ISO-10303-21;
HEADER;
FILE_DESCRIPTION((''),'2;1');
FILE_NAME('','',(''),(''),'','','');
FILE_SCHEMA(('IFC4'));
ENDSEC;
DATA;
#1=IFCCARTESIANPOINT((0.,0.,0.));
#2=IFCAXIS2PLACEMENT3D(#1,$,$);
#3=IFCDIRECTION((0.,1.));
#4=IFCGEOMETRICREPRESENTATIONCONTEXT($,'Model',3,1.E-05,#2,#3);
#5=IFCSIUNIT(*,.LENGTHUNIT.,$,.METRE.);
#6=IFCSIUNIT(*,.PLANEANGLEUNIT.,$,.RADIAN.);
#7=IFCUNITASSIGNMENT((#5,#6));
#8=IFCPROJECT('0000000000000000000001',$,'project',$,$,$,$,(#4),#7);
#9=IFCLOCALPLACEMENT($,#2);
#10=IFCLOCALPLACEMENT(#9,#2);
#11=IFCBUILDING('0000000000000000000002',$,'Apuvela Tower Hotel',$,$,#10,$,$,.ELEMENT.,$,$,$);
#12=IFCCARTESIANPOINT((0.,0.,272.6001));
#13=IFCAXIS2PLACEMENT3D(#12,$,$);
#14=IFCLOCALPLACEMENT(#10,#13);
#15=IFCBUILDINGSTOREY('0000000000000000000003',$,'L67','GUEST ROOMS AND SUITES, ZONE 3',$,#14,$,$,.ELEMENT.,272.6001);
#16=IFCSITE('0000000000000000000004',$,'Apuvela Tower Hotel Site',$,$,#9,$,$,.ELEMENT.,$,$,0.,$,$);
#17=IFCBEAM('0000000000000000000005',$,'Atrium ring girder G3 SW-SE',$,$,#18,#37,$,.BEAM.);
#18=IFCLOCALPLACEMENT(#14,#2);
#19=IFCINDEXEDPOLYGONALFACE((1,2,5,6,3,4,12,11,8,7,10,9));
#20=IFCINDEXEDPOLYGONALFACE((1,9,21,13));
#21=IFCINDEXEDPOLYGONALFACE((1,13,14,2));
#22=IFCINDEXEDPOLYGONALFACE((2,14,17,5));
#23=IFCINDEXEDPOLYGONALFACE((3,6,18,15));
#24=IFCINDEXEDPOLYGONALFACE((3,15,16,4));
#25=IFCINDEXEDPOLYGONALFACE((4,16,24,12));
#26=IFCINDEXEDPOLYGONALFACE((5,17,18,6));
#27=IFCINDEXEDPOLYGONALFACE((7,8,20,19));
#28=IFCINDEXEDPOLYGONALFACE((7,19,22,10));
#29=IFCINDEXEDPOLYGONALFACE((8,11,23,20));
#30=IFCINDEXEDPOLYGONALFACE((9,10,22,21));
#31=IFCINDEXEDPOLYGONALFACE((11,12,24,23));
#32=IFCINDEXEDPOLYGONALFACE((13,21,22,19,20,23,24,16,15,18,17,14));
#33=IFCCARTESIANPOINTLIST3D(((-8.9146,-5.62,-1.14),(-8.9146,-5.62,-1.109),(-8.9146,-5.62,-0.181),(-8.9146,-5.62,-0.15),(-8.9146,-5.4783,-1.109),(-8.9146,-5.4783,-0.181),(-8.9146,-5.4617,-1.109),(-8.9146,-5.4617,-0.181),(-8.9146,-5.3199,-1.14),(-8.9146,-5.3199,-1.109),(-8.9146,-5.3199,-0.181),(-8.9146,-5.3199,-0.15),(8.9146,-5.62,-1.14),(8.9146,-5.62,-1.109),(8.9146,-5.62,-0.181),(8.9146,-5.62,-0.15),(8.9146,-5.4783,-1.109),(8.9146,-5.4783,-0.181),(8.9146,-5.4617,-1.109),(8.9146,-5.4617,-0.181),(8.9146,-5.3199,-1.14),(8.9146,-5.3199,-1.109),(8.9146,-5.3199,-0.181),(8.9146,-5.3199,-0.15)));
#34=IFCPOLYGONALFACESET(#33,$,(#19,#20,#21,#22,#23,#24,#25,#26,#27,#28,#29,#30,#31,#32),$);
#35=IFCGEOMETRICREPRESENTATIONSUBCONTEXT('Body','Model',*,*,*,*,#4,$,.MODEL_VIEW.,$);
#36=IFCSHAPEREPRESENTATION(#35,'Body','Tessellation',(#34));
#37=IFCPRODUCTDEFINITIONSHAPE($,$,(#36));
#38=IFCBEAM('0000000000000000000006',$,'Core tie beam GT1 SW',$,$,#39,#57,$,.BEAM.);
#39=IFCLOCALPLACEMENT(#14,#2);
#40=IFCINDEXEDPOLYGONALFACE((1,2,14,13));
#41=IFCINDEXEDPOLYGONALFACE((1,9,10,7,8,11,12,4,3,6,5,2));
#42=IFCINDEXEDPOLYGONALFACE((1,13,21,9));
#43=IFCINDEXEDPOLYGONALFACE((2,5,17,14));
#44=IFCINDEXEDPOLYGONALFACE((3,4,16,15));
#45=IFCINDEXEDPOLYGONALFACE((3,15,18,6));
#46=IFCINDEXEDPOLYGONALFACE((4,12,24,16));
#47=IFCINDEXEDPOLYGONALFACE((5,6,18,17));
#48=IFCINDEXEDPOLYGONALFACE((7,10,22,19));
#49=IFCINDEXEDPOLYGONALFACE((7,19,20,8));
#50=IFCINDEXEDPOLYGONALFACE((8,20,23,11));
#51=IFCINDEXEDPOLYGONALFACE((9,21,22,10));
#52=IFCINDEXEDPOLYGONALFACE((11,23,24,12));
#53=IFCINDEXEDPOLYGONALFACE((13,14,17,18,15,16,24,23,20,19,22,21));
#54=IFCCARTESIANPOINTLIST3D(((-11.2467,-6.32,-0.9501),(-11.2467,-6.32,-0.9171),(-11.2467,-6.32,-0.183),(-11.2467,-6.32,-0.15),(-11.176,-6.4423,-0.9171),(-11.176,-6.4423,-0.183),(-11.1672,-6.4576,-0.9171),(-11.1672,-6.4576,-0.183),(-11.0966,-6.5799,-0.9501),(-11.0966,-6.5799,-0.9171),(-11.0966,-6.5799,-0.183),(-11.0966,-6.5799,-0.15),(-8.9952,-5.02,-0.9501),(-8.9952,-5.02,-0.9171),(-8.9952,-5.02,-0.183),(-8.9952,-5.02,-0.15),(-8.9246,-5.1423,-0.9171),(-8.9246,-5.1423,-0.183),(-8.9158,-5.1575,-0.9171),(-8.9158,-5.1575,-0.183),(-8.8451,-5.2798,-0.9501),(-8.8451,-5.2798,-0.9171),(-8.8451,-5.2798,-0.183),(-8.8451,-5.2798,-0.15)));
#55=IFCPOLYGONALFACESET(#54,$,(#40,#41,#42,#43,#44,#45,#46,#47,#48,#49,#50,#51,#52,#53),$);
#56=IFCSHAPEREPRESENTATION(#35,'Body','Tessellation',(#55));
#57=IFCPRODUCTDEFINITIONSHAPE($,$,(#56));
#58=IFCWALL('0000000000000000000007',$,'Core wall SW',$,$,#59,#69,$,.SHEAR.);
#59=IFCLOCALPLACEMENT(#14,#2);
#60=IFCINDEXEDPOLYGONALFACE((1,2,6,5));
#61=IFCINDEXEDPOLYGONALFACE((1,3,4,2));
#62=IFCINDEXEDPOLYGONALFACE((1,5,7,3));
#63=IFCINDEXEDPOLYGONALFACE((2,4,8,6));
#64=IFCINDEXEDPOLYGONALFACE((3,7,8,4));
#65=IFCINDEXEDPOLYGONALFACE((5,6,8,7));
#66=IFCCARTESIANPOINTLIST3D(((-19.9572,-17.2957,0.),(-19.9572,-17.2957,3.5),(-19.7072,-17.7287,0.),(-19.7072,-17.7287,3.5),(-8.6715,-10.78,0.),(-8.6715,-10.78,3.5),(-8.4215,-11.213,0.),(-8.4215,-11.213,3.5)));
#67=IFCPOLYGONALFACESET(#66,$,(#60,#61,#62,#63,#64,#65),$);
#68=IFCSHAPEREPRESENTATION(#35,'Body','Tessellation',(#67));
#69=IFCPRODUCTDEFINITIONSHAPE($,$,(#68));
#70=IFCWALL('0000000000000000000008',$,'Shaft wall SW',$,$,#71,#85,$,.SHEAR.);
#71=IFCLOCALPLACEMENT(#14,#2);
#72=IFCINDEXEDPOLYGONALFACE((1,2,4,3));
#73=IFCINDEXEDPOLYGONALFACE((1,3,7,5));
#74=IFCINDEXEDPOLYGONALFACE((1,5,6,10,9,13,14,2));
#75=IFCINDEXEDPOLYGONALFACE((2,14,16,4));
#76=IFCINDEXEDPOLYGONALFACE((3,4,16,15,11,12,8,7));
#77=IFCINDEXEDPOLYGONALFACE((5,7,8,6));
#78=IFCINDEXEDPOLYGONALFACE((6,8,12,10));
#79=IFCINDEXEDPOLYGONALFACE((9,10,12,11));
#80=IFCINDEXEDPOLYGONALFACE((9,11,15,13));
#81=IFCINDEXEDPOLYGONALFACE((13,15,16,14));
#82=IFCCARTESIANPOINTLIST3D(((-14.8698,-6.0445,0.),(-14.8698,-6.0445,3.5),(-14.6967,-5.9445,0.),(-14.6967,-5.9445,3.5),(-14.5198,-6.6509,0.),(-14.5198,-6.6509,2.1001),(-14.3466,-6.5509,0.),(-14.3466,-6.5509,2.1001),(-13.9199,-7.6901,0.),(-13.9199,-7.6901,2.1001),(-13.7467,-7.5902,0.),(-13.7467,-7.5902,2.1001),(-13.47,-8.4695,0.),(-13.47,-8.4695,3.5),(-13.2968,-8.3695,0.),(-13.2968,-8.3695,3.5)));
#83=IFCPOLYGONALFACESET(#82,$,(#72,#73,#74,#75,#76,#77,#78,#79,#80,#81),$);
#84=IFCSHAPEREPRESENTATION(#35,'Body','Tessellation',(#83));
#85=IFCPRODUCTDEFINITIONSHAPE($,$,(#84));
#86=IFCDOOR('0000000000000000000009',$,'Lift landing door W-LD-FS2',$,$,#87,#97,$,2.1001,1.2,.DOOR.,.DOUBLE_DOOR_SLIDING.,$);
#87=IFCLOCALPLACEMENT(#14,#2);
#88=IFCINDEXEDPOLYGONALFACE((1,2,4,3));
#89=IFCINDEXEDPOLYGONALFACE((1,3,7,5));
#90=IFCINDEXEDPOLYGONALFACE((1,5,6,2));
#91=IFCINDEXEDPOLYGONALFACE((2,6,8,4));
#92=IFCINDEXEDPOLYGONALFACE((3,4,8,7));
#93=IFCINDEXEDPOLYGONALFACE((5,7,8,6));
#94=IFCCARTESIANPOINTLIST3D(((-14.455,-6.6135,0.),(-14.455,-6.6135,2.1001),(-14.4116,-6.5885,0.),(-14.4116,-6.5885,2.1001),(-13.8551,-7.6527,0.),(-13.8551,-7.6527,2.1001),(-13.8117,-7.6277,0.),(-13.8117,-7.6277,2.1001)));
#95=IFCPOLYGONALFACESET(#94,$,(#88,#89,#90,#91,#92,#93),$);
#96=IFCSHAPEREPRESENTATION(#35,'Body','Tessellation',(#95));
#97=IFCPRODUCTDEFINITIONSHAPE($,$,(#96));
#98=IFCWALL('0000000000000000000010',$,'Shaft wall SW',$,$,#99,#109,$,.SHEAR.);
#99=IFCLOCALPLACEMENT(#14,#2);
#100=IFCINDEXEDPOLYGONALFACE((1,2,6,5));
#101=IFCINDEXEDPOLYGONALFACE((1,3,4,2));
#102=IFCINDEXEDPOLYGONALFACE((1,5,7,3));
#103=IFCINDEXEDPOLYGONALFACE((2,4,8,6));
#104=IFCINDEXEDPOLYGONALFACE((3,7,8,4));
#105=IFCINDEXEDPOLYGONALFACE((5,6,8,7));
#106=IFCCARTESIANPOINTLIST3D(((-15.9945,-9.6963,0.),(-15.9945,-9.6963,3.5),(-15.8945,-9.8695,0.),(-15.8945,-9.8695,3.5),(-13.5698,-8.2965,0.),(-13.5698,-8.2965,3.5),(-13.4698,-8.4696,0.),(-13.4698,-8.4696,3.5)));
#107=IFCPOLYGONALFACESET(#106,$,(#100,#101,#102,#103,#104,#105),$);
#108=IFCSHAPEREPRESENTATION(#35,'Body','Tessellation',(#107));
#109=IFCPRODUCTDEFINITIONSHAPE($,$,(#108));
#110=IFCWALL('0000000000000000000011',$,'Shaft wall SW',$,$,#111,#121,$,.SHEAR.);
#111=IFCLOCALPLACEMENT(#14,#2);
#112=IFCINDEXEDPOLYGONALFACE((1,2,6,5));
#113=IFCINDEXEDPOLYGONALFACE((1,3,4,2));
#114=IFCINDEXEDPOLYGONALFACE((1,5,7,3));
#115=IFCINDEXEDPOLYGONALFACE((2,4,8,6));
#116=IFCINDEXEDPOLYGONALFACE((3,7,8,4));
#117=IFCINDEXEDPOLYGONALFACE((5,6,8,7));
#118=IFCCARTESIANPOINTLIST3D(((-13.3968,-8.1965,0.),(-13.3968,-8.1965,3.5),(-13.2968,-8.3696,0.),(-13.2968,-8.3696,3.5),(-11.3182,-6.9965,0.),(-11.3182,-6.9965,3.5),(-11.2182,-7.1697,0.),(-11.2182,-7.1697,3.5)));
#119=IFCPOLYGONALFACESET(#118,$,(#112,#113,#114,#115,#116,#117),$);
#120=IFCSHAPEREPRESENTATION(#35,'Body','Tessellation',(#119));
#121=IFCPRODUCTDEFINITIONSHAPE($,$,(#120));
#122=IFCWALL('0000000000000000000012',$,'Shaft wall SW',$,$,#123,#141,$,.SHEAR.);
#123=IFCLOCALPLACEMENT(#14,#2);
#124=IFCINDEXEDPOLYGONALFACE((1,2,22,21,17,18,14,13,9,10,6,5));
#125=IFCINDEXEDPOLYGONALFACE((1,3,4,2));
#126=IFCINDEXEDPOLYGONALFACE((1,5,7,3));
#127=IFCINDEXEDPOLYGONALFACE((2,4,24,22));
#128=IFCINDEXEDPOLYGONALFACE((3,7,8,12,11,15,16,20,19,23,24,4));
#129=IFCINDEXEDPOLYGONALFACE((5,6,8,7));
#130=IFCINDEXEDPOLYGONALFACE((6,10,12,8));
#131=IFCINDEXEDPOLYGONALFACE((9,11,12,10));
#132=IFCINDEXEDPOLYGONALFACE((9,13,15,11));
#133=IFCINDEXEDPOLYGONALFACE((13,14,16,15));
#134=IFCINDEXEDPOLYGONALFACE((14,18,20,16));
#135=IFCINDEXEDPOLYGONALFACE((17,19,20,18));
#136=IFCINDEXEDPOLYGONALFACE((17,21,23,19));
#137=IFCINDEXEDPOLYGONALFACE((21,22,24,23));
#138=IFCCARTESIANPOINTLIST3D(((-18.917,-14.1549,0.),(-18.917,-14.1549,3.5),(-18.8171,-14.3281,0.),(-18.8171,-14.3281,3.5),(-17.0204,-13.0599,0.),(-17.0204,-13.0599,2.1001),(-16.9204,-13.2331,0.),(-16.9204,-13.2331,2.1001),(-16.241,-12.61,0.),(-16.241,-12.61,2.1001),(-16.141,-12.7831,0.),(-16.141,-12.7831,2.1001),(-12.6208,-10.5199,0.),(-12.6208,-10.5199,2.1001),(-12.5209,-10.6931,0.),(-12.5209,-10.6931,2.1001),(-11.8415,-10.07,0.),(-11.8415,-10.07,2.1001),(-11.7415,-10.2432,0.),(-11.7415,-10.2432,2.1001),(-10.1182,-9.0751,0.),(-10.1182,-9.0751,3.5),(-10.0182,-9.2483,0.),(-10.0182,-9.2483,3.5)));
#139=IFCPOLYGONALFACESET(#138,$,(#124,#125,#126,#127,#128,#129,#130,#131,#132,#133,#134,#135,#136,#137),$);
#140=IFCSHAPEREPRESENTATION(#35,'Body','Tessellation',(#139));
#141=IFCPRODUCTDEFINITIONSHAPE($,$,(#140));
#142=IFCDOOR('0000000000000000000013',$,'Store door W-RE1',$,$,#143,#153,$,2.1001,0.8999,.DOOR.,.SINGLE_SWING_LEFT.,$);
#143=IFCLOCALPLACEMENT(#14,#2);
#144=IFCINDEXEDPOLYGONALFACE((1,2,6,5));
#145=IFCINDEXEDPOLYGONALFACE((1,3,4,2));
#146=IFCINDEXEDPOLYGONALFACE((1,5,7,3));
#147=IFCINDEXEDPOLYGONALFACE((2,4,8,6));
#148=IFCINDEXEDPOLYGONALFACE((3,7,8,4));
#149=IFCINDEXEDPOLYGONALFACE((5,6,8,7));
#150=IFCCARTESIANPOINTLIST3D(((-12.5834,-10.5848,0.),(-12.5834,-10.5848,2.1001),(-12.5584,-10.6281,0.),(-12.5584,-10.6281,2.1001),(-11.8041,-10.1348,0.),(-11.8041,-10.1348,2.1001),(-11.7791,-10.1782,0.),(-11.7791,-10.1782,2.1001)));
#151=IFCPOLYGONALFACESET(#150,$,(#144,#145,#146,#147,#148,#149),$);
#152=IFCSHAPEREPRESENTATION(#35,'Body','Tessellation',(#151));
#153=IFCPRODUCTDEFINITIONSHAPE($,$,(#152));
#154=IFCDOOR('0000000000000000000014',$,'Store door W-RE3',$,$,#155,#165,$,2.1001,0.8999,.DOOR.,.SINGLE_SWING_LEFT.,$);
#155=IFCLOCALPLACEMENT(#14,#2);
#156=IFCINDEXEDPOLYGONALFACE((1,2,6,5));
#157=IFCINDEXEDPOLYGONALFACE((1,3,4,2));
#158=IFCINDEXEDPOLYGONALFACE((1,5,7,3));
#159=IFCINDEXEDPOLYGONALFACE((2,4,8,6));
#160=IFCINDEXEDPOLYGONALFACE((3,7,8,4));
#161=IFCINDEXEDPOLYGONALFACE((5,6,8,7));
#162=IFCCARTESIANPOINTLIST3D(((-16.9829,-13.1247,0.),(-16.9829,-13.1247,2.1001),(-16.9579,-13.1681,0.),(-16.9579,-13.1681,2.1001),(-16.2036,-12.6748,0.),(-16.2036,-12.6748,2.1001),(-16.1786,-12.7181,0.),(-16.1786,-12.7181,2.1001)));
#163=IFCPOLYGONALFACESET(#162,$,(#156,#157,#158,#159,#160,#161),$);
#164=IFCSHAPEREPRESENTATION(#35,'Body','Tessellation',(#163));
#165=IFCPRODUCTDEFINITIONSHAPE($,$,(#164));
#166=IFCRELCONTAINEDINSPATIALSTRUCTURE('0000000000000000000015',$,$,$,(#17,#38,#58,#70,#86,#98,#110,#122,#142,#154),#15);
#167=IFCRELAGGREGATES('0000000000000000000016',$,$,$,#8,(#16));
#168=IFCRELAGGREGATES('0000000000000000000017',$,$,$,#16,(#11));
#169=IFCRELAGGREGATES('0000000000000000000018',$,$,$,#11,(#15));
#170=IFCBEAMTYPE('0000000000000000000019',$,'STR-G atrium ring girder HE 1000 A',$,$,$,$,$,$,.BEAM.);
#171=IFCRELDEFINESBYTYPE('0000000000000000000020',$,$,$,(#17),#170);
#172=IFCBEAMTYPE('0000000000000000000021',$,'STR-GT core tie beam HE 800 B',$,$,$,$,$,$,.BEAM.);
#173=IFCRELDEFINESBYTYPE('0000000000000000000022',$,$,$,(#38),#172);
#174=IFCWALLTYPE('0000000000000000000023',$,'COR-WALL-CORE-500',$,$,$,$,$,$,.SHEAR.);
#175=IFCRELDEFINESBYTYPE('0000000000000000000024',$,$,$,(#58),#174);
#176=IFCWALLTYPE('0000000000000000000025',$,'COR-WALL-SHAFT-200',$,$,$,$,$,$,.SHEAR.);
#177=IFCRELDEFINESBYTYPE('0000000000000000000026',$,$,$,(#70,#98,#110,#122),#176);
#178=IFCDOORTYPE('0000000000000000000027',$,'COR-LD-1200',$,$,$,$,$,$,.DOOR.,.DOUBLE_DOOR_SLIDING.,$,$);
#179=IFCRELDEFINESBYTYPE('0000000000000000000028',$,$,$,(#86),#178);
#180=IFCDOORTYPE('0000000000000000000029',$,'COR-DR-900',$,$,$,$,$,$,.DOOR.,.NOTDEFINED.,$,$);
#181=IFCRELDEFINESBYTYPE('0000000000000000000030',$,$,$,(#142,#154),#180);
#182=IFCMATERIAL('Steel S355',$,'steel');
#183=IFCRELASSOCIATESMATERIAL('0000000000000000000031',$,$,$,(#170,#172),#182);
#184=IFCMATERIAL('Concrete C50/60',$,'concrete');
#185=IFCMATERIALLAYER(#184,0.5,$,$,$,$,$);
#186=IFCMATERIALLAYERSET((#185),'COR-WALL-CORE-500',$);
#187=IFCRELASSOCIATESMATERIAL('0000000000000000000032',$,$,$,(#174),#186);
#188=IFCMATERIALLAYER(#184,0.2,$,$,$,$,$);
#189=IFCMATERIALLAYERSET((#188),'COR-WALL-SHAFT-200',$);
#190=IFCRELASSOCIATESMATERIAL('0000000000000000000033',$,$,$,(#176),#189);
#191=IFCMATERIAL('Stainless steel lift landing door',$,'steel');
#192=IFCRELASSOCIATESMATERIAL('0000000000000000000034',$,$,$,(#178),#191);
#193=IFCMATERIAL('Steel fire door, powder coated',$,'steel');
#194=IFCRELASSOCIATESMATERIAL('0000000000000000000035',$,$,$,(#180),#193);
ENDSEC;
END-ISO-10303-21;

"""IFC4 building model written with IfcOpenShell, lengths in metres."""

from ifc_helpers import new_model, si_unit, direction, frame, frame_2d, origin, origin_2d, place, context, subcontext, project, spatial, rectangle, i_section, extrude, material, layer, layer_set, material_profile, profile_set, type_object, element, fill, save


model = new_model("IFC4")

# Units and contexts
model_context = context("Model", 3, precision=1e-05, world=origin(), true_north=direction((0.0, 1.0)))
body_context = subcontext(model_context, "Body", "Model", "MODEL_VIEW")
ifc_project = project(units=[si_unit("LENGTHUNIT", "METRE"), si_unit("PLANEANGLEUNIT", "RADIAN")], contexts=[model_context])

# Site, building, storey
site_placement = place(None, origin())
site = spatial("IfcSite", under=ifc_project, at=site_placement, Name="Apuvela Tower Hotel Site", CompositionType="ELEMENT", RefElevation=0.0)
building_placement = place(site_placement, origin())
building = spatial("IfcBuilding", under=site, at=building_placement, Name="Apuvela Tower Hotel", CompositionType="ELEMENT")
storey_placement = place(building_placement, frame((0.0, 0.0, 272.6001)))
storey = spatial("IfcBuildingStorey", under=building, at=storey_placement, Name="L67", Description="GUEST ROOMS AND SUITES, ZONE 3", CompositionType="ELEMENT", Elevation=272.6001)

# Beams
ifc_material_1 = material(Name="Steel S355", Category="steel")
ifc_material_profile_1 = material_profile(ifc_material_1, i_section(OverallWidth=0.3, OverallDepth=0.99, WebThickness=0.0166, FlangeThickness=0.031, at=origin_2d()), Name="HE 1000 A")
ifc_profile_set_1 = profile_set([ifc_material_profile_1], Name="Steel S355")
beam_type_1 = type_object("IfcBeamType", Name="STR-G atrium ring girder HE 1000 A", PredefinedType="BEAM", material=ifc_profile_set_1)
beam_1_placement = place(storey_placement, frame((-8.9146, -5.47, -0.645), z_axis=(1.0, 0.0, 0.0), x_axis=(0.0, 1.0, 0.0)))
element("IfcBeam", 1, at=beam_1_placement, inside=storey, type_object=beam_type_1, Name="Atrium ring girder G3 SW-SE", PredefinedType="BEAM", context=body_context, shape_type="SweptSolid", body=[
    extrude(i_section(OverallWidth=0.3, OverallDepth=0.99, WebThickness=0.0166, FlangeThickness=0.031, at=origin_2d()), origin(), (0.0, 0.0, 1.0), 17.8291),
])
ifc_material_profile_2 = material_profile(ifc_material_1, i_section(OverallWidth=0.3, OverallDepth=0.8, WebThickness=0.0176, FlangeThickness=0.033, at=origin_2d()), Name="HE 800 B")
ifc_profile_set_2 = profile_set([ifc_material_profile_2], Name="Steel S355")
beam_type_2 = type_object("IfcBeamType", Name="STR-GT core tie beam HE 800 B", PredefinedType="BEAM", material=ifc_profile_set_2)
beam_2_placement = place(storey_placement, frame((-11.1716, -6.45, -0.55), z_axis=(0.865998, 0.500048, 0.0), x_axis=(-0.500048, 0.865998, 0.0)))
element("IfcBeam", 2, at=beam_2_placement, inside=storey, type_object=beam_type_2, Name="Core tie beam GT1 SW", PredefinedType="BEAM", context=body_context, shape_type="SweptSolid", body=[
    extrude(i_section(OverallWidth=0.3, OverallDepth=0.8, WebThickness=0.0176, FlangeThickness=0.033, at=origin_2d()), origin(), (0.0, 0.0, 1.0), 2.5999),
])

# Wall
ifc_material_2 = material(Name="Concrete C50/60", Category="concrete")
ifc_layer_1 = layer(ifc_material_2, 0.5)
ifc_layer_set_1 = layer_set([ifc_layer_1], Name="COR-WALL-CORE-500")
wall_type_1 = type_object("IfcWallType", Name="COR-WALL-CORE-500", PredefinedType="SHEAR", material=ifc_layer_set_1)
wall_1_placement = place(storey_placement, frame((-8.5466, -10.9966, 0.0), z_axis=(0.0, 0.0, 1.0), x_axis=(-0.86603, -0.499992, 0.0)))
element("IfcWall", 3, at=wall_1_placement, inside=storey, type_object=wall_type_1, Name="Core wall SW", PredefinedType="SHEAR", context=body_context, shape_type="SweptSolid", body=[
    extrude(rectangle(XDim=13.0315, YDim=0.5, at=frame_2d((6.5156, 0.0))), origin(), (0.0, 0.0, 1.0), 3.5),
])

# Wall, opening, door
ifc_layer_2 = layer(ifc_material_2, 0.2)
ifc_layer_set_2 = layer_set([ifc_layer_2], Name="COR-WALL-SHAFT-200")
wall_type_2 = type_object("IfcWallType", Name="COR-WALL-SHAFT-200", PredefinedType="SHEAR", material=ifc_layer_set_2)
wall_2_placement = place(storey_placement, frame((-14.7832, -5.9946, 0.0), z_axis=(0.0, 0.0, 1.0), x_axis=(0.499946, -0.866056, 0.0)))
wall_2 = element("IfcWall", 4, at=wall_2_placement, inside=storey, type_object=wall_type_2, Name="Shaft wall SW", PredefinedType="SHEAR", context=body_context, shape_type="SweptSolid", body=[
    extrude(rectangle(XDim=2.8, YDim=0.2, at=frame_2d((1.3999, 0.0))), origin(), (0.0, 0.0, 1.0), 3.5),
])
opening_1_placement = place(wall_2_placement, frame((0.7, 0.0, 0.0)))
opening_1 = element("IfcOpeningElement", 5, at=opening_1_placement, cuts=wall_2, PredefinedType="OPENING", context=body_context, shape_type="SweptSolid", body=[
    extrude(rectangle(XDim=1.2, YDim=2.1001, at=frame_2d((0.6001, 1.05))), frame((0.0, 0.1099, 0.0), z_axis=(0.0, -1.0, 0.0), x_axis=(1.0, 0.0, 0.0)), (0.0, 0.0, 1.0), 0.22),
])
ifc_material_3 = material(Name="Stainless steel lift landing door", Category="steel")
door_type_1 = type_object("IfcDoorType", Name="COR-LD-1200", OperationType="DOUBLE_DOOR_SLIDING", PredefinedType="DOOR", material=ifc_material_3)
door_1_placement = place(opening_1_placement, origin())
door_1 = element("IfcDoor", 6, at=door_1_placement, inside=storey, type_object=door_type_1, Name="Lift landing door W-LD-FS2", OperationType="DOUBLE_DOOR_SLIDING", OverallHeight=2.1001, OverallWidth=1.2, PredefinedType="DOOR", context=body_context, shape_type="SweptSolid", body=[
    extrude(rectangle(XDim=1.2, YDim=2.1001, at=frame_2d((0.6001, 1.05))), frame((0.0, 0.0249, 0.0), z_axis=(0.0, -1.0, 0.0), x_axis=(1.0, 0.0, 0.0)), (0.0, 0.0, 1.0), 0.05),
])
fill(opening_1, door_1)

# Walls
wall_3_placement = place(storey_placement, frame((-13.5198, -8.3831, 0.0), z_axis=(0.0, 0.0, 1.0), x_axis=(-0.866035, -0.499984, 0.0)))
element("IfcWall", 7, at=wall_3_placement, inside=storey, type_object=wall_type_2, Name="Shaft wall SW", PredefinedType="SHEAR", context=body_context, shape_type="SweptSolid", body=[
    extrude(rectangle(XDim=2.7998, YDim=0.2, at=frame_2d((1.3999, 0.0))), origin(), (0.0, 0.0, 1.0), 3.5),
])
wall_4_placement = place(storey_placement, frame((-11.2681, -7.083, 0.0), z_axis=(0.0, 0.0, 1.0), x_axis=(-0.86605, -0.499957, 0.0)))
element("IfcWall", 8, at=wall_4_placement, inside=storey, type_object=wall_type_2, Name="Shaft wall SW", PredefinedType="SHEAR", context=body_context, shape_type="SweptSolid", body=[
    extrude(rectangle(XDim=2.4001, YDim=0.2, at=frame_2d((1.2002, 0.0))), origin(), (0.0, 0.0, 1.0), 3.5),
])

# Wall, openings, doors
wall_5_placement = place(storey_placement, frame((-10.0681, -9.1616, 0.0), z_axis=(0.0, 0.0, 1.0), x_axis=(-0.866033, -0.499987, 0.0)))
wall_5 = element("IfcWall", 9, at=wall_5_placement, inside=storey, type_object=wall_type_2, Name="Shaft wall SW", PredefinedType="SHEAR", context=body_context, shape_type="SweptSolid", body=[
    extrude(rectangle(XDim=10.1599, YDim=0.2, at=frame_2d((5.0801, 0.0))), origin(), (0.0, 0.0, 1.0), 3.5),
])
opening_2_placement = place(wall_5_placement, frame((1.99, 0.0, 0.0)))
opening_2 = element("IfcOpeningElement", 10, at=opening_2_placement, cuts=wall_5, PredefinedType="OPENING", context=body_context, shape_type="SweptSolid", body=[
    extrude(rectangle(XDim=0.8999, YDim=2.1001, at=frame_2d((0.45, 1.05))), frame((0.0, 0.1099, 0.0), z_axis=(0.0, -1.0, 0.0), x_axis=(1.0, 0.0, 0.0)), (0.0, 0.0, 1.0), 0.22),
])
opening_3_placement = place(wall_5_placement, frame((7.0701, 0.0, 0.0)))
opening_3 = element("IfcOpeningElement", 11, at=opening_3_placement, cuts=wall_5, PredefinedType="OPENING", context=body_context, shape_type="SweptSolid", body=[
    extrude(rectangle(XDim=0.8999, YDim=2.1001, at=frame_2d((0.45, 1.05))), frame((0.0, 0.1099, 0.0), z_axis=(0.0, -1.0, 0.0), x_axis=(1.0, 0.0, 0.0)), (0.0, 0.0, 1.0), 0.22),
])
ifc_material_4 = material(Name="Steel fire door, powder coated", Category="steel")
door_type_2 = type_object("IfcDoorType", Name="COR-DR-900", OperationType="NOTDEFINED", PredefinedType="DOOR", material=ifc_material_4)
door_2_placement = place(opening_2_placement, origin())
door_2 = element("IfcDoor", 12, at=door_2_placement, inside=storey, type_object=door_type_2, Name="Store door W-RE1", OperationType="SINGLE_SWING_LEFT", OverallHeight=2.1001, OverallWidth=0.8999, PredefinedType="DOOR", context=body_context, shape_type="SweptSolid", body=[
    extrude(rectangle(XDim=0.8999, YDim=2.1001, at=frame_2d((0.45, 1.05))), frame((0.0, 0.0249, 0.0), z_axis=(0.0, -1.0, 0.0), x_axis=(1.0, 0.0, 0.0)), (0.0, 0.0, 1.0), 0.05),
])
fill(opening_2, door_2)
door_3_placement = place(opening_3_placement, origin())
door_3 = element("IfcDoor", 13, at=door_3_placement, inside=storey, type_object=door_type_2, Name="Store door W-RE3", OperationType="SINGLE_SWING_LEFT", OverallHeight=2.1001, OverallWidth=0.8999, PredefinedType="DOOR", context=body_context, shape_type="SweptSolid", body=[
    extrude(rectangle(XDim=0.8999, YDim=2.1001, at=frame_2d((0.45, 1.05))), frame((0.0, 0.0249, 0.0), z_axis=(0.0, -1.0, 0.0), x_axis=(1.0, 0.0, 0.0)), (0.0, 0.0, 1.0), 0.05),
])
fill(opening_3, door_3)

save(model, "model.ifc")
